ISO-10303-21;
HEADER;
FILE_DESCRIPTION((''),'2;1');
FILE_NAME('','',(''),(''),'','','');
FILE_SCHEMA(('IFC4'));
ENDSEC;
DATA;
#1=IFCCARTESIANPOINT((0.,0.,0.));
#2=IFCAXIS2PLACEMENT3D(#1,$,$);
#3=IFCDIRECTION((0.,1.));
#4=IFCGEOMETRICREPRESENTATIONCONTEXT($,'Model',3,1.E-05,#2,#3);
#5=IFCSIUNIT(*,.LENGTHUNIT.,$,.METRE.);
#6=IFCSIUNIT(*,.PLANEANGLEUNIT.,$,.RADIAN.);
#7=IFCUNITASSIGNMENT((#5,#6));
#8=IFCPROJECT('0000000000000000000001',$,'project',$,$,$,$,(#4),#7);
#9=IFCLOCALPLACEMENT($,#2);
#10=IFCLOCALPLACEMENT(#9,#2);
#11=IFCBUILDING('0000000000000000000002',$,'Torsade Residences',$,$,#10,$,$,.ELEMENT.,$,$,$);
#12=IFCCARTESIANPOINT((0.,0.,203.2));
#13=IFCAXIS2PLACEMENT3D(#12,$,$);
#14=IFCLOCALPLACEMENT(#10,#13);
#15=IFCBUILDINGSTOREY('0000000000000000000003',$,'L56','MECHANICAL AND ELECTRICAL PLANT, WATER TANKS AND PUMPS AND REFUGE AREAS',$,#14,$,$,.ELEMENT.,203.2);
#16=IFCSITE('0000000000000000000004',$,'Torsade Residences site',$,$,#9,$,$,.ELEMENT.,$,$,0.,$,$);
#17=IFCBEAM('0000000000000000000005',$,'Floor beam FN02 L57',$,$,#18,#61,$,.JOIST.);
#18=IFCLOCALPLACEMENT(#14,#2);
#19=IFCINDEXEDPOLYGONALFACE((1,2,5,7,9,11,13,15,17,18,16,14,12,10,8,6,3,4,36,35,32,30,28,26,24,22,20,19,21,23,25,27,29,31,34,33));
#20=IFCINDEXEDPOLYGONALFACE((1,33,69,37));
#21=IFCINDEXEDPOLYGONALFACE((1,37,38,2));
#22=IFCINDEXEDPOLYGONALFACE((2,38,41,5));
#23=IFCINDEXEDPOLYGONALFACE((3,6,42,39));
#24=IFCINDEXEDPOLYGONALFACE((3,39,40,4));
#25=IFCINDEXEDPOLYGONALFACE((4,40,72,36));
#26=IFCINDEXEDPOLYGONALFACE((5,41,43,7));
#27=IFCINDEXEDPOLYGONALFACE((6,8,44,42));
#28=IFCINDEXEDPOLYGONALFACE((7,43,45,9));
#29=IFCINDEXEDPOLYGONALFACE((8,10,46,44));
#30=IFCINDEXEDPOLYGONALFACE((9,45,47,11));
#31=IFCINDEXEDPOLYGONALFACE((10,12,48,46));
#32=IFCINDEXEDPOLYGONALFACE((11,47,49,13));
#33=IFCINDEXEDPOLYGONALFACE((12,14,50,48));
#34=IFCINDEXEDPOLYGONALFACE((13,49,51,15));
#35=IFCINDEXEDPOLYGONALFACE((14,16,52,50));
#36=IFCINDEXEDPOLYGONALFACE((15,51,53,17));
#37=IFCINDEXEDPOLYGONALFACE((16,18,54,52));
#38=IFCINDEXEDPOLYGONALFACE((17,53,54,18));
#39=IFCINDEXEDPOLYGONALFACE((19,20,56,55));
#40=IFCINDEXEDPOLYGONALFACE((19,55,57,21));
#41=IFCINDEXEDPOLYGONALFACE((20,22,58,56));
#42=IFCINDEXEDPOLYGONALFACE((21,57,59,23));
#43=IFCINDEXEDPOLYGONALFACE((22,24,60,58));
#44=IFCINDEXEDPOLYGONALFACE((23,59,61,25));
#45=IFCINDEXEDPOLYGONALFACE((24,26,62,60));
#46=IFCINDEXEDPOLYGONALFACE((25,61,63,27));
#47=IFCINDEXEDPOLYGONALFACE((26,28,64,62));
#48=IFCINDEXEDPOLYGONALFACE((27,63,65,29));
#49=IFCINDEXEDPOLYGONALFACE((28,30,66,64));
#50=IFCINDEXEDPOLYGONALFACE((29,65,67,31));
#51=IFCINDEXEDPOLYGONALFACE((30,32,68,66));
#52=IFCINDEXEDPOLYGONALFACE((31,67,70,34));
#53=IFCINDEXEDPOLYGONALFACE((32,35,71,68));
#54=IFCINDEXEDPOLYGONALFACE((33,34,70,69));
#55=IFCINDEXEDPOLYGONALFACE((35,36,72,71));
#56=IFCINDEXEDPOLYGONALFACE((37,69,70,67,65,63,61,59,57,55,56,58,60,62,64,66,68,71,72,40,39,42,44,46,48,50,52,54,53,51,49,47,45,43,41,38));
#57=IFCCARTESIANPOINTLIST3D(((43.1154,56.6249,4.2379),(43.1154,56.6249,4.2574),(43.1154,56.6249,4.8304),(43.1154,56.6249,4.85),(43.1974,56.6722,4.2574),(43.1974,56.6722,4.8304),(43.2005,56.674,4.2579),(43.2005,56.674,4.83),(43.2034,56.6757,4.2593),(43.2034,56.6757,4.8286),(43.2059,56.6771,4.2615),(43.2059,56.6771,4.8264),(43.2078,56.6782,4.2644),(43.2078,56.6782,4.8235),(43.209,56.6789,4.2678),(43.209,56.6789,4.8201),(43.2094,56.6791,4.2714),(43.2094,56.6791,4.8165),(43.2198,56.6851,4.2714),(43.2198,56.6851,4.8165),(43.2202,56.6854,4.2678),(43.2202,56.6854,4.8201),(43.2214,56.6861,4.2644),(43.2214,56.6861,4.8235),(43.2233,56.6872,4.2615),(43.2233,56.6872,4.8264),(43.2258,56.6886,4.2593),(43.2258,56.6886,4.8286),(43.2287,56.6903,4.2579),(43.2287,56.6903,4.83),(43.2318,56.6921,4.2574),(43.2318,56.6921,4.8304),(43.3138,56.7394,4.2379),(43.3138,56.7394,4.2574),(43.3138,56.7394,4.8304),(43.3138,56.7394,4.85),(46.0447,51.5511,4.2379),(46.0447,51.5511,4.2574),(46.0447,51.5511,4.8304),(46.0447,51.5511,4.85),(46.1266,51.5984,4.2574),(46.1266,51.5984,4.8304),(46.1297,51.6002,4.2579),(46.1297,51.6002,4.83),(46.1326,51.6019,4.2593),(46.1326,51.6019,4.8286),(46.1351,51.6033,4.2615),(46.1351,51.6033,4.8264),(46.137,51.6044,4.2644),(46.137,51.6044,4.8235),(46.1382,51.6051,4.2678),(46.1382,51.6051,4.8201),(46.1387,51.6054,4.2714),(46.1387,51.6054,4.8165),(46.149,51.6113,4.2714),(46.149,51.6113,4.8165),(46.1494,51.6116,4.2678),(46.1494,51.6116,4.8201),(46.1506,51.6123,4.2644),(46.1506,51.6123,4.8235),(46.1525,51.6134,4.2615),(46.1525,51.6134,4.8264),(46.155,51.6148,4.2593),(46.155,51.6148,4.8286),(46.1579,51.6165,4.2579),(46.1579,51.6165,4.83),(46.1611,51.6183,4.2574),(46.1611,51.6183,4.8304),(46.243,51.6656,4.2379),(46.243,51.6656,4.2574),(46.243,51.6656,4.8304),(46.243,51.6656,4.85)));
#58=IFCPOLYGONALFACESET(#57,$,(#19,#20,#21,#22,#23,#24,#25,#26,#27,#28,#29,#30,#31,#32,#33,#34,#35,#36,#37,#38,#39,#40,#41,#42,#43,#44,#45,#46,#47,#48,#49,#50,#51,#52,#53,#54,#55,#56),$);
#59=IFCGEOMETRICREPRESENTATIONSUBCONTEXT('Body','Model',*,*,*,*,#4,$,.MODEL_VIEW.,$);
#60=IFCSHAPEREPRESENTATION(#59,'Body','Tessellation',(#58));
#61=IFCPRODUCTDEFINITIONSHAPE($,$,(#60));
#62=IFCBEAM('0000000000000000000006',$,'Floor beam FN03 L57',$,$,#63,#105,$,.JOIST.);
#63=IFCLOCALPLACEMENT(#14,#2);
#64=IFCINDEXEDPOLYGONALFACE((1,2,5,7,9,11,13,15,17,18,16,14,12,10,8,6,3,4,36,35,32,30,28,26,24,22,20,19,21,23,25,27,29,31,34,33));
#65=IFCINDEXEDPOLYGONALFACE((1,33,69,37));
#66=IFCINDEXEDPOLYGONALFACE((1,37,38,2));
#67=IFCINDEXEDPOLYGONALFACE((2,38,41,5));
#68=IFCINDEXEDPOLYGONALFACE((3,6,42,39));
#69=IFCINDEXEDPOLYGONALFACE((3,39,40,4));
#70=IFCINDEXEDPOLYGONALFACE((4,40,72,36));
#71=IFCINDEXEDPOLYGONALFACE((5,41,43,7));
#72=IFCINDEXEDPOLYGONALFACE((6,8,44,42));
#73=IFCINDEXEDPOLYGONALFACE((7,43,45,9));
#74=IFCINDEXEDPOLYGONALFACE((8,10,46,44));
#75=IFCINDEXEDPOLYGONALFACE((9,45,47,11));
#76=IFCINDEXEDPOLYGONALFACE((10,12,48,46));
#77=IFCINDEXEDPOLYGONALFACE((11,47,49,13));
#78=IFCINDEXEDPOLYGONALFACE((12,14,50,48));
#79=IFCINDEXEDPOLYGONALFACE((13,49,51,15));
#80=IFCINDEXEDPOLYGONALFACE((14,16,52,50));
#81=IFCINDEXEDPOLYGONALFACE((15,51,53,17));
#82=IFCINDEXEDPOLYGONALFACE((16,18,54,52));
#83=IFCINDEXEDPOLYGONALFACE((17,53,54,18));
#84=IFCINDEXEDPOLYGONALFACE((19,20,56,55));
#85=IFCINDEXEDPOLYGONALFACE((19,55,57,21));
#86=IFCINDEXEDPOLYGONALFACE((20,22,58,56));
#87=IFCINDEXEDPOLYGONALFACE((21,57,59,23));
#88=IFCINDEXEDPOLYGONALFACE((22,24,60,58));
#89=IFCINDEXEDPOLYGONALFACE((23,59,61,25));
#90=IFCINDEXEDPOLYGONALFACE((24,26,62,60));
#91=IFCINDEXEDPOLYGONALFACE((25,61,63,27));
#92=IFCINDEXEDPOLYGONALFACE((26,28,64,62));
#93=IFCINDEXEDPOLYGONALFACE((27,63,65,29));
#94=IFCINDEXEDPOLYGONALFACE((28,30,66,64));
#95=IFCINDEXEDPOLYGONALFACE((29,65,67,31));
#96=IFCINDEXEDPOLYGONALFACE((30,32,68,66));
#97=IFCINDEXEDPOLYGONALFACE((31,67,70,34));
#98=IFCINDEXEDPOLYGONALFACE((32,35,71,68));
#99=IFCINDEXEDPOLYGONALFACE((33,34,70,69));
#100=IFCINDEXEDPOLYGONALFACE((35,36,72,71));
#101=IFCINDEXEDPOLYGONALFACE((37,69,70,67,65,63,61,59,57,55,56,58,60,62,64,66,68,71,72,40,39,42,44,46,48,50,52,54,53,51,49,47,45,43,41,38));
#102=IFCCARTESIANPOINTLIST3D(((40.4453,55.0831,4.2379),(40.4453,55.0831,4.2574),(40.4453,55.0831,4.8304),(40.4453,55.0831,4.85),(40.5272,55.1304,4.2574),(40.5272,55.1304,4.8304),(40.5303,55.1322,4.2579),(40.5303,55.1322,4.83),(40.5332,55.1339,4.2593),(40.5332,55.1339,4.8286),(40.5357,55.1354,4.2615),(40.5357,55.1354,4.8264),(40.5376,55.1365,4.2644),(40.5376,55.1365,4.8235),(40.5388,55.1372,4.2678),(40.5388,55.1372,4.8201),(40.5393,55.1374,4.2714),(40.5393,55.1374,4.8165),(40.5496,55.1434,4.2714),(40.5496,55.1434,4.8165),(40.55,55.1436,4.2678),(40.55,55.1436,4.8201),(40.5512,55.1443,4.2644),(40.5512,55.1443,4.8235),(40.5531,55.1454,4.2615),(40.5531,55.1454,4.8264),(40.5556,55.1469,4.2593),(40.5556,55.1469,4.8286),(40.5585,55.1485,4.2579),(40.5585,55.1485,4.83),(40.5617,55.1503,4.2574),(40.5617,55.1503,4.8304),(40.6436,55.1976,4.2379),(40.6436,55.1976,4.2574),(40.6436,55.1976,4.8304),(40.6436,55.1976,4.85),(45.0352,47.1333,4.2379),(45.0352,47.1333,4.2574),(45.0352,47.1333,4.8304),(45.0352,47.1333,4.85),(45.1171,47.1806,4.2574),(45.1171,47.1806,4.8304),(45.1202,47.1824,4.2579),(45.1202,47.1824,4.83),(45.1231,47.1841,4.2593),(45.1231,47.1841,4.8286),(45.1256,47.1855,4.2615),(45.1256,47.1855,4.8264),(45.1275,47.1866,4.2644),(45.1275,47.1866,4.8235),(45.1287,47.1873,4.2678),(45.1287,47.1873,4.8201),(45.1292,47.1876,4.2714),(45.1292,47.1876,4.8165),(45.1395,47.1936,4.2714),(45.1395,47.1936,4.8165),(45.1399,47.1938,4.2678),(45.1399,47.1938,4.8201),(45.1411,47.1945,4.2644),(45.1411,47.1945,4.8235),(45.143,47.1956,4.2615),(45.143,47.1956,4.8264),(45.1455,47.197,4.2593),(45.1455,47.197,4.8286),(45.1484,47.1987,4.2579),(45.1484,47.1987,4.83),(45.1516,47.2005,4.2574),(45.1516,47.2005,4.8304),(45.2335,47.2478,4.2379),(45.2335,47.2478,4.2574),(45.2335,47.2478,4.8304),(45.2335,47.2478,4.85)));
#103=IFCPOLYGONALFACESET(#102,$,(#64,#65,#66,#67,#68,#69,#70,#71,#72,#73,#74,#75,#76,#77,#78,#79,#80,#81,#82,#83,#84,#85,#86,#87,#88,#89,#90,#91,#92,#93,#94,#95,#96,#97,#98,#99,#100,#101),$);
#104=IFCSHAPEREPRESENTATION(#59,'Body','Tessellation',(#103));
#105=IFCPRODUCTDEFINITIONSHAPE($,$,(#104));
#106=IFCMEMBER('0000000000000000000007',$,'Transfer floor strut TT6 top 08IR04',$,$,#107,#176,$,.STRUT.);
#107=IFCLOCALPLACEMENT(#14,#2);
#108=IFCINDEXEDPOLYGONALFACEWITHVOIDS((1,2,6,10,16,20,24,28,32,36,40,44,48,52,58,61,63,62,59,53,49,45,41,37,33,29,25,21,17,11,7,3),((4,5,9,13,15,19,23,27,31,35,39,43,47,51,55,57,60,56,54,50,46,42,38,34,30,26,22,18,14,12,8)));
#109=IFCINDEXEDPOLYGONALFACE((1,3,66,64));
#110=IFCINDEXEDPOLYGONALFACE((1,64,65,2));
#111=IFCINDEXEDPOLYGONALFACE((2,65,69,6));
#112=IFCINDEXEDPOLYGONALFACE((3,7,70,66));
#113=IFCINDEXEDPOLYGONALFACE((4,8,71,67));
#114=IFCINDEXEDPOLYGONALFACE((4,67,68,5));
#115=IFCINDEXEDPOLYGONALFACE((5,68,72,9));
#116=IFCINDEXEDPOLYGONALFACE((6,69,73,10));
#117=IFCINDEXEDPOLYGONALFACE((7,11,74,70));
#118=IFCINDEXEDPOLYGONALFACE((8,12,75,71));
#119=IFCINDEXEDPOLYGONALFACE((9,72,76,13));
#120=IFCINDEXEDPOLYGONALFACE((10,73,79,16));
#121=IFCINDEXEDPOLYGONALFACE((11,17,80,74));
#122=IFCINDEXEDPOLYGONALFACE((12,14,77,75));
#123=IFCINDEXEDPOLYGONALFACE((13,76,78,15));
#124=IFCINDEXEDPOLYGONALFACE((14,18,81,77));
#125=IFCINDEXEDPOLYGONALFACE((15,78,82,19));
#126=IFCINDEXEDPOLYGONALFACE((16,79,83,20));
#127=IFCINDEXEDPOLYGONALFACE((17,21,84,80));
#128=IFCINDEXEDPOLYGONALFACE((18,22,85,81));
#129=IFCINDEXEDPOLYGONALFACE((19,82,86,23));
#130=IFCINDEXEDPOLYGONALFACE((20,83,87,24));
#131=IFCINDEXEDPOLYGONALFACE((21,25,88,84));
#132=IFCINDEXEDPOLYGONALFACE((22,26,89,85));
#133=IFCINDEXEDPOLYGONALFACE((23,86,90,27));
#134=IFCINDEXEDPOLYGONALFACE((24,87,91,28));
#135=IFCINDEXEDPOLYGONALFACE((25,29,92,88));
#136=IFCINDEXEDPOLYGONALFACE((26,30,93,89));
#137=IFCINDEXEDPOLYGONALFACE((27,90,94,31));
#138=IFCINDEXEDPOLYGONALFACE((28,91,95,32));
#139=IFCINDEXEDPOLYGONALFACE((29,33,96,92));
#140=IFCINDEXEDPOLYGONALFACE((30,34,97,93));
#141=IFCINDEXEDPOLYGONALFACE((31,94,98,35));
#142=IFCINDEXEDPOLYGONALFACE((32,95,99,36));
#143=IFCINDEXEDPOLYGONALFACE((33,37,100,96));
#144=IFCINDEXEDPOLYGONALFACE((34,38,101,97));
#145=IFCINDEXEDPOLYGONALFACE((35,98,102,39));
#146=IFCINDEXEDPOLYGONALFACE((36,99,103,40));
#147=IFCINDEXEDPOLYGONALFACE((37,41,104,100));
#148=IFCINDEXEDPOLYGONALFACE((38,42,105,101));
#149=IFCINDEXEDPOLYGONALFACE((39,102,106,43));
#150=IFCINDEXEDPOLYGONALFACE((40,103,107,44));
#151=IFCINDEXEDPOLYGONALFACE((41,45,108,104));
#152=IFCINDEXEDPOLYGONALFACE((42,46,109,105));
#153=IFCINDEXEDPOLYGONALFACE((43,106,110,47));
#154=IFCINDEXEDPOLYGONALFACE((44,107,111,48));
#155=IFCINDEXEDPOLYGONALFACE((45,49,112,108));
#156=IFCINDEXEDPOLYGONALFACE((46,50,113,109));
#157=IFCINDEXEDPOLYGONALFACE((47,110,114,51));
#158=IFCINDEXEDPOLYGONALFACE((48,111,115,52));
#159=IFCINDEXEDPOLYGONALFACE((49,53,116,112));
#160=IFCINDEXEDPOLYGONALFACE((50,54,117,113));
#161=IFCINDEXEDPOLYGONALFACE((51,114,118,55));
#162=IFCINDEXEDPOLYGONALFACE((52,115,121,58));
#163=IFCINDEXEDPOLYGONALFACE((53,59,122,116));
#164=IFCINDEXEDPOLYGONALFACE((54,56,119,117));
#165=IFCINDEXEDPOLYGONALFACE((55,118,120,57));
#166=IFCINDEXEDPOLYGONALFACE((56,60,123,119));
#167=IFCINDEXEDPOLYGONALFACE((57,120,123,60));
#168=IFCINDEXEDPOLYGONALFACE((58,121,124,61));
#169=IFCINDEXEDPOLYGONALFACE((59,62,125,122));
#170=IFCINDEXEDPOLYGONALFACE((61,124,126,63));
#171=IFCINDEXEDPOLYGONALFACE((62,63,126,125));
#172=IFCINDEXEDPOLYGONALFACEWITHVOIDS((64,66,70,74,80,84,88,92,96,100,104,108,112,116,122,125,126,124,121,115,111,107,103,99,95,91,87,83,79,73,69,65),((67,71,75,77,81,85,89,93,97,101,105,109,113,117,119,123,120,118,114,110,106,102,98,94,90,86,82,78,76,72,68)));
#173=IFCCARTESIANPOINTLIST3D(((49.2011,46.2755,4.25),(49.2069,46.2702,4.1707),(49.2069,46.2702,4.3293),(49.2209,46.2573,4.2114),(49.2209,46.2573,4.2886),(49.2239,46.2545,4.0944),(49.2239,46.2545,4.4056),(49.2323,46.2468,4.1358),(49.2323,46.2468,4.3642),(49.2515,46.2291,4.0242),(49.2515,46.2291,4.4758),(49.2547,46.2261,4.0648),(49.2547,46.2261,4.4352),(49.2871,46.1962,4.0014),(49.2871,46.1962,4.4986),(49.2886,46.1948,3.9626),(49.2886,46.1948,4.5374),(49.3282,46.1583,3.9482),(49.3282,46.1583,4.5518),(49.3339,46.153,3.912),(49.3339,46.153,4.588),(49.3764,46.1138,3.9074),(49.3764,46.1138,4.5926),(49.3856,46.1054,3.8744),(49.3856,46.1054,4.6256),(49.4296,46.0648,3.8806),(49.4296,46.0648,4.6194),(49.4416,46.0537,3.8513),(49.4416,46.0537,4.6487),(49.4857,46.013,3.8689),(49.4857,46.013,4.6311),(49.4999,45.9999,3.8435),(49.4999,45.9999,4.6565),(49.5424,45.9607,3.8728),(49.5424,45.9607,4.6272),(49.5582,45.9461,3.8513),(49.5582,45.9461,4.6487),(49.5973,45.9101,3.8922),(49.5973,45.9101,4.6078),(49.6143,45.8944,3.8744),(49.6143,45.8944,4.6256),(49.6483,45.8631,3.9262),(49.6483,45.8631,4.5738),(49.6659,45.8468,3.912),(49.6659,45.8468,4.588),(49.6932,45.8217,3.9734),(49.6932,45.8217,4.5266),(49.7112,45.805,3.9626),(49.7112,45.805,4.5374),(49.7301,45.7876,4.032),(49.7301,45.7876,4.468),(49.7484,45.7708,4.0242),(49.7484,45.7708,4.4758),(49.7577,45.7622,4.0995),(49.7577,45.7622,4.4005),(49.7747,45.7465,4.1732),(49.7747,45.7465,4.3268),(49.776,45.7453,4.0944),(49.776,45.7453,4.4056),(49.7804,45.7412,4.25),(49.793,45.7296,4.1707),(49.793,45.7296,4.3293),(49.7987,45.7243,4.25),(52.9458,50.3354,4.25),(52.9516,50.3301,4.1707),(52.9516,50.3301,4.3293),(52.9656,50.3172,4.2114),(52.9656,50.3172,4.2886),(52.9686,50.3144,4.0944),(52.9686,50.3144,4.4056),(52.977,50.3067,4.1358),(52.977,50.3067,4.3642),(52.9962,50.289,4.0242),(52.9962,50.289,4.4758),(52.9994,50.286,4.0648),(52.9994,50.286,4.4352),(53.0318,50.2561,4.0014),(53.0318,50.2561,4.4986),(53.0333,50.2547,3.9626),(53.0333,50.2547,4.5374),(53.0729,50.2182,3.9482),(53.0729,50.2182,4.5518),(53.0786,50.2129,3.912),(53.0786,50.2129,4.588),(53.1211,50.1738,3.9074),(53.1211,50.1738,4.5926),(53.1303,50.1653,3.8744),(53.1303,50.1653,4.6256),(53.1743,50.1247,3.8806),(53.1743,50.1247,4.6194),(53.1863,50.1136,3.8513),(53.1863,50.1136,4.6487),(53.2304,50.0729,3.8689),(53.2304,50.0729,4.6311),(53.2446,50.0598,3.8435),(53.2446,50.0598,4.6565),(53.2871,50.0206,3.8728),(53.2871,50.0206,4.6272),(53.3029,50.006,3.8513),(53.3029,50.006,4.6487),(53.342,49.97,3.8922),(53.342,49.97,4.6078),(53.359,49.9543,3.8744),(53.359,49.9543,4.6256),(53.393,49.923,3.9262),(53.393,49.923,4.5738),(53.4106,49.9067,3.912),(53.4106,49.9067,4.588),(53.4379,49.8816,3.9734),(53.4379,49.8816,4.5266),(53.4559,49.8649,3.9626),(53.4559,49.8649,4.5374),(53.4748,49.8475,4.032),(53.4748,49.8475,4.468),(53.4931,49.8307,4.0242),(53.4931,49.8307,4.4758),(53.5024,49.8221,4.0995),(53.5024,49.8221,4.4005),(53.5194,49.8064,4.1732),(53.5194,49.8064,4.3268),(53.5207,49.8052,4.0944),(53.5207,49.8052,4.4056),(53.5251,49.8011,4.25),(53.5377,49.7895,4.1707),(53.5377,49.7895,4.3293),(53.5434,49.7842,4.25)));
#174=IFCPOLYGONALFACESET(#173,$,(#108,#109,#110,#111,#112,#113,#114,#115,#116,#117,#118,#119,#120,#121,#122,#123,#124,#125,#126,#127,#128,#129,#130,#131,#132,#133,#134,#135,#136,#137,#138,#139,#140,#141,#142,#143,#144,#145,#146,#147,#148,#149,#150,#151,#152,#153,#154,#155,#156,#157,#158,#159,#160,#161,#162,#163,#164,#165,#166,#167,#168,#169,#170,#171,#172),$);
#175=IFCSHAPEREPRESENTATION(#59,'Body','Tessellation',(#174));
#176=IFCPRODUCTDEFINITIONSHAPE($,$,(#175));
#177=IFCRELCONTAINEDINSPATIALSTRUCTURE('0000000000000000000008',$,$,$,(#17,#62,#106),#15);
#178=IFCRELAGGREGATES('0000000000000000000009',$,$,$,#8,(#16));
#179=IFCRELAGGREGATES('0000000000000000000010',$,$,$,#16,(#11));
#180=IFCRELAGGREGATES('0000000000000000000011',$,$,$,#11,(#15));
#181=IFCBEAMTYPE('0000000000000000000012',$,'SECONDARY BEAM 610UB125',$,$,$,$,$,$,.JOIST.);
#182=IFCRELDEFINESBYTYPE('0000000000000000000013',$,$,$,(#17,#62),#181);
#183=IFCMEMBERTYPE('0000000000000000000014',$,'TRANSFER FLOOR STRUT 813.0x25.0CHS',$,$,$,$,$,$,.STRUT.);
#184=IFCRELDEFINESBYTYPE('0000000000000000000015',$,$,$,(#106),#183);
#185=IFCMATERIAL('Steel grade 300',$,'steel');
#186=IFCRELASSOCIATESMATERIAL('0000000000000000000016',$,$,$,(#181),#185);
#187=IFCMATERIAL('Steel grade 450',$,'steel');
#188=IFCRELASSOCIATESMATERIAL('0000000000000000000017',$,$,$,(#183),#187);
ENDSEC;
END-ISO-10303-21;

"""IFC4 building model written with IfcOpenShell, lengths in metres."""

from ifc_helpers import new_model, si_unit, direction, frame, origin, origin_2d, place, context, subcontext, project, spatial, hollow_circle, i_section, extrude, material, material_profile, profile_set, type_object, element, save


model = new_model("IFC4")

# Units and contexts
model_context = context("Model", 3, precision=1e-05, world=origin(), true_north=direction((0.0, 1.0)))
body_context = subcontext(model_context, "Body", "Model", "MODEL_VIEW")
ifc_project = project(units=[si_unit("LENGTHUNIT", "METRE"), si_unit("PLANEANGLEUNIT", "RADIAN")], contexts=[model_context])

# Site, building, storey
site_placement = place(None, origin())
site = spatial("IfcSite", under=ifc_project, at=site_placement, Name="Torsade Residences site", CompositionType="ELEMENT", RefElevation=0.0)
building_placement = place(site_placement, origin())
building = spatial("IfcBuilding", under=site, at=building_placement, Name="Torsade Residences", CompositionType="ELEMENT")
storey_placement = place(building_placement, frame((0.0, 0.0, 203.2)))
storey = spatial("IfcBuildingStorey", under=building, at=storey_placement, Name="L56", Description="MECHANICAL AND ELECTRICAL PLANT, WATER TANKS AND PUMPS AND REFUGE AREAS", CompositionType="ELEMENT", Elevation=203.2)

# Beams
ifc_material_1 = material(Name="Steel grade 300", Category="steel")
ifc_material_profile_1 = material_profile(ifc_material_1, i_section(OverallWidth=0.229, OverallDepth=0.6121, WebThickness=0.012, FlangeThickness=0.0195, FilletRadius=0.0139, at=origin_2d()), Name="610UB125")
ifc_profile_set_1 = profile_set([ifc_material_profile_1], Name="Steel grade 300")
beam_type_1 = type_object("IfcBeamType", Name="SECONDARY BEAM 610UB125", PredefinedType="JOIST", material=ifc_profile_set_1)
beam_1_placement = place(storey_placement, frame((43.2146, 56.6821, 4.5439), z_axis=(0.499985, -0.866034, 0.0), x_axis=(0.866034, 0.499985, 0.0)))
element("IfcBeam", 1, at=beam_1_placement, inside=storey, type_object=beam_type_1, Name="Floor beam FN02 L57", PredefinedType="JOIST", context=body_context, shape_type="SweptSolid", body=[
    extrude(i_section(OverallWidth=0.229, OverallDepth=0.6121, WebThickness=0.012, FlangeThickness=0.0195, FilletRadius=0.0139, at=origin_2d()), origin(), (0.0, 0.0, 1.0), 5.8586),
])
beam_2_placement = place(storey_placement, frame((40.5444, 55.1404, 4.5439), z_axis=(0.500006, -0.866022, 0.0), x_axis=(0.866022, 0.500006, 0.0)))
element("IfcBeam", 2, at=beam_2_placement, inside=storey, type_object=beam_type_1, Name="Floor beam FN03 L57", PredefinedType="JOIST", context=body_context, shape_type="SweptSolid", body=[
    extrude(i_section(OverallWidth=0.229, OverallDepth=0.6121, WebThickness=0.012, FlangeThickness=0.0195, FilletRadius=0.0139, at=origin_2d()), origin(), (0.0, 0.0, 1.0), 9.1797),
])

# Member
ifc_material_2 = material(Name="Steel grade 450", Category="steel")
ifc_material_profile_2 = material_profile(ifc_material_2, hollow_circle(Radius=0.4065, WallThickness=0.0249, at=origin_2d()), Name="813.0x25.0CHS")
ifc_profile_set_2 = profile_set([ifc_material_profile_2], Name="Steel grade 450")
member_type_1 = type_object("IfcMemberType", Name="TRANSFER FLOOR STRUT 813.0x25.0CHS", PredefinedType="STRUT", material=ifc_profile_set_2)
member_1_placement = place(storey_placement, frame((53.2446, 50.0598, 4.25), z_axis=(-0.677997, -0.735064, 0.0), x_axis=(0.735064, -0.677997, 0.0)))
element("IfcMember", 3, at=member_1_placement, inside=storey, type_object=member_type_1, Name="Transfer floor strut TT6 top 08IR04", PredefinedType="STRUT", context=body_context, shape_type="SweptSolid", body=[
    extrude(hollow_circle(Radius=0.4065, WallThickness=0.0249, at=origin_2d()), origin(), (0.0, 0.0, 1.0), 5.5232),
])

save(model, "model.ifc")
